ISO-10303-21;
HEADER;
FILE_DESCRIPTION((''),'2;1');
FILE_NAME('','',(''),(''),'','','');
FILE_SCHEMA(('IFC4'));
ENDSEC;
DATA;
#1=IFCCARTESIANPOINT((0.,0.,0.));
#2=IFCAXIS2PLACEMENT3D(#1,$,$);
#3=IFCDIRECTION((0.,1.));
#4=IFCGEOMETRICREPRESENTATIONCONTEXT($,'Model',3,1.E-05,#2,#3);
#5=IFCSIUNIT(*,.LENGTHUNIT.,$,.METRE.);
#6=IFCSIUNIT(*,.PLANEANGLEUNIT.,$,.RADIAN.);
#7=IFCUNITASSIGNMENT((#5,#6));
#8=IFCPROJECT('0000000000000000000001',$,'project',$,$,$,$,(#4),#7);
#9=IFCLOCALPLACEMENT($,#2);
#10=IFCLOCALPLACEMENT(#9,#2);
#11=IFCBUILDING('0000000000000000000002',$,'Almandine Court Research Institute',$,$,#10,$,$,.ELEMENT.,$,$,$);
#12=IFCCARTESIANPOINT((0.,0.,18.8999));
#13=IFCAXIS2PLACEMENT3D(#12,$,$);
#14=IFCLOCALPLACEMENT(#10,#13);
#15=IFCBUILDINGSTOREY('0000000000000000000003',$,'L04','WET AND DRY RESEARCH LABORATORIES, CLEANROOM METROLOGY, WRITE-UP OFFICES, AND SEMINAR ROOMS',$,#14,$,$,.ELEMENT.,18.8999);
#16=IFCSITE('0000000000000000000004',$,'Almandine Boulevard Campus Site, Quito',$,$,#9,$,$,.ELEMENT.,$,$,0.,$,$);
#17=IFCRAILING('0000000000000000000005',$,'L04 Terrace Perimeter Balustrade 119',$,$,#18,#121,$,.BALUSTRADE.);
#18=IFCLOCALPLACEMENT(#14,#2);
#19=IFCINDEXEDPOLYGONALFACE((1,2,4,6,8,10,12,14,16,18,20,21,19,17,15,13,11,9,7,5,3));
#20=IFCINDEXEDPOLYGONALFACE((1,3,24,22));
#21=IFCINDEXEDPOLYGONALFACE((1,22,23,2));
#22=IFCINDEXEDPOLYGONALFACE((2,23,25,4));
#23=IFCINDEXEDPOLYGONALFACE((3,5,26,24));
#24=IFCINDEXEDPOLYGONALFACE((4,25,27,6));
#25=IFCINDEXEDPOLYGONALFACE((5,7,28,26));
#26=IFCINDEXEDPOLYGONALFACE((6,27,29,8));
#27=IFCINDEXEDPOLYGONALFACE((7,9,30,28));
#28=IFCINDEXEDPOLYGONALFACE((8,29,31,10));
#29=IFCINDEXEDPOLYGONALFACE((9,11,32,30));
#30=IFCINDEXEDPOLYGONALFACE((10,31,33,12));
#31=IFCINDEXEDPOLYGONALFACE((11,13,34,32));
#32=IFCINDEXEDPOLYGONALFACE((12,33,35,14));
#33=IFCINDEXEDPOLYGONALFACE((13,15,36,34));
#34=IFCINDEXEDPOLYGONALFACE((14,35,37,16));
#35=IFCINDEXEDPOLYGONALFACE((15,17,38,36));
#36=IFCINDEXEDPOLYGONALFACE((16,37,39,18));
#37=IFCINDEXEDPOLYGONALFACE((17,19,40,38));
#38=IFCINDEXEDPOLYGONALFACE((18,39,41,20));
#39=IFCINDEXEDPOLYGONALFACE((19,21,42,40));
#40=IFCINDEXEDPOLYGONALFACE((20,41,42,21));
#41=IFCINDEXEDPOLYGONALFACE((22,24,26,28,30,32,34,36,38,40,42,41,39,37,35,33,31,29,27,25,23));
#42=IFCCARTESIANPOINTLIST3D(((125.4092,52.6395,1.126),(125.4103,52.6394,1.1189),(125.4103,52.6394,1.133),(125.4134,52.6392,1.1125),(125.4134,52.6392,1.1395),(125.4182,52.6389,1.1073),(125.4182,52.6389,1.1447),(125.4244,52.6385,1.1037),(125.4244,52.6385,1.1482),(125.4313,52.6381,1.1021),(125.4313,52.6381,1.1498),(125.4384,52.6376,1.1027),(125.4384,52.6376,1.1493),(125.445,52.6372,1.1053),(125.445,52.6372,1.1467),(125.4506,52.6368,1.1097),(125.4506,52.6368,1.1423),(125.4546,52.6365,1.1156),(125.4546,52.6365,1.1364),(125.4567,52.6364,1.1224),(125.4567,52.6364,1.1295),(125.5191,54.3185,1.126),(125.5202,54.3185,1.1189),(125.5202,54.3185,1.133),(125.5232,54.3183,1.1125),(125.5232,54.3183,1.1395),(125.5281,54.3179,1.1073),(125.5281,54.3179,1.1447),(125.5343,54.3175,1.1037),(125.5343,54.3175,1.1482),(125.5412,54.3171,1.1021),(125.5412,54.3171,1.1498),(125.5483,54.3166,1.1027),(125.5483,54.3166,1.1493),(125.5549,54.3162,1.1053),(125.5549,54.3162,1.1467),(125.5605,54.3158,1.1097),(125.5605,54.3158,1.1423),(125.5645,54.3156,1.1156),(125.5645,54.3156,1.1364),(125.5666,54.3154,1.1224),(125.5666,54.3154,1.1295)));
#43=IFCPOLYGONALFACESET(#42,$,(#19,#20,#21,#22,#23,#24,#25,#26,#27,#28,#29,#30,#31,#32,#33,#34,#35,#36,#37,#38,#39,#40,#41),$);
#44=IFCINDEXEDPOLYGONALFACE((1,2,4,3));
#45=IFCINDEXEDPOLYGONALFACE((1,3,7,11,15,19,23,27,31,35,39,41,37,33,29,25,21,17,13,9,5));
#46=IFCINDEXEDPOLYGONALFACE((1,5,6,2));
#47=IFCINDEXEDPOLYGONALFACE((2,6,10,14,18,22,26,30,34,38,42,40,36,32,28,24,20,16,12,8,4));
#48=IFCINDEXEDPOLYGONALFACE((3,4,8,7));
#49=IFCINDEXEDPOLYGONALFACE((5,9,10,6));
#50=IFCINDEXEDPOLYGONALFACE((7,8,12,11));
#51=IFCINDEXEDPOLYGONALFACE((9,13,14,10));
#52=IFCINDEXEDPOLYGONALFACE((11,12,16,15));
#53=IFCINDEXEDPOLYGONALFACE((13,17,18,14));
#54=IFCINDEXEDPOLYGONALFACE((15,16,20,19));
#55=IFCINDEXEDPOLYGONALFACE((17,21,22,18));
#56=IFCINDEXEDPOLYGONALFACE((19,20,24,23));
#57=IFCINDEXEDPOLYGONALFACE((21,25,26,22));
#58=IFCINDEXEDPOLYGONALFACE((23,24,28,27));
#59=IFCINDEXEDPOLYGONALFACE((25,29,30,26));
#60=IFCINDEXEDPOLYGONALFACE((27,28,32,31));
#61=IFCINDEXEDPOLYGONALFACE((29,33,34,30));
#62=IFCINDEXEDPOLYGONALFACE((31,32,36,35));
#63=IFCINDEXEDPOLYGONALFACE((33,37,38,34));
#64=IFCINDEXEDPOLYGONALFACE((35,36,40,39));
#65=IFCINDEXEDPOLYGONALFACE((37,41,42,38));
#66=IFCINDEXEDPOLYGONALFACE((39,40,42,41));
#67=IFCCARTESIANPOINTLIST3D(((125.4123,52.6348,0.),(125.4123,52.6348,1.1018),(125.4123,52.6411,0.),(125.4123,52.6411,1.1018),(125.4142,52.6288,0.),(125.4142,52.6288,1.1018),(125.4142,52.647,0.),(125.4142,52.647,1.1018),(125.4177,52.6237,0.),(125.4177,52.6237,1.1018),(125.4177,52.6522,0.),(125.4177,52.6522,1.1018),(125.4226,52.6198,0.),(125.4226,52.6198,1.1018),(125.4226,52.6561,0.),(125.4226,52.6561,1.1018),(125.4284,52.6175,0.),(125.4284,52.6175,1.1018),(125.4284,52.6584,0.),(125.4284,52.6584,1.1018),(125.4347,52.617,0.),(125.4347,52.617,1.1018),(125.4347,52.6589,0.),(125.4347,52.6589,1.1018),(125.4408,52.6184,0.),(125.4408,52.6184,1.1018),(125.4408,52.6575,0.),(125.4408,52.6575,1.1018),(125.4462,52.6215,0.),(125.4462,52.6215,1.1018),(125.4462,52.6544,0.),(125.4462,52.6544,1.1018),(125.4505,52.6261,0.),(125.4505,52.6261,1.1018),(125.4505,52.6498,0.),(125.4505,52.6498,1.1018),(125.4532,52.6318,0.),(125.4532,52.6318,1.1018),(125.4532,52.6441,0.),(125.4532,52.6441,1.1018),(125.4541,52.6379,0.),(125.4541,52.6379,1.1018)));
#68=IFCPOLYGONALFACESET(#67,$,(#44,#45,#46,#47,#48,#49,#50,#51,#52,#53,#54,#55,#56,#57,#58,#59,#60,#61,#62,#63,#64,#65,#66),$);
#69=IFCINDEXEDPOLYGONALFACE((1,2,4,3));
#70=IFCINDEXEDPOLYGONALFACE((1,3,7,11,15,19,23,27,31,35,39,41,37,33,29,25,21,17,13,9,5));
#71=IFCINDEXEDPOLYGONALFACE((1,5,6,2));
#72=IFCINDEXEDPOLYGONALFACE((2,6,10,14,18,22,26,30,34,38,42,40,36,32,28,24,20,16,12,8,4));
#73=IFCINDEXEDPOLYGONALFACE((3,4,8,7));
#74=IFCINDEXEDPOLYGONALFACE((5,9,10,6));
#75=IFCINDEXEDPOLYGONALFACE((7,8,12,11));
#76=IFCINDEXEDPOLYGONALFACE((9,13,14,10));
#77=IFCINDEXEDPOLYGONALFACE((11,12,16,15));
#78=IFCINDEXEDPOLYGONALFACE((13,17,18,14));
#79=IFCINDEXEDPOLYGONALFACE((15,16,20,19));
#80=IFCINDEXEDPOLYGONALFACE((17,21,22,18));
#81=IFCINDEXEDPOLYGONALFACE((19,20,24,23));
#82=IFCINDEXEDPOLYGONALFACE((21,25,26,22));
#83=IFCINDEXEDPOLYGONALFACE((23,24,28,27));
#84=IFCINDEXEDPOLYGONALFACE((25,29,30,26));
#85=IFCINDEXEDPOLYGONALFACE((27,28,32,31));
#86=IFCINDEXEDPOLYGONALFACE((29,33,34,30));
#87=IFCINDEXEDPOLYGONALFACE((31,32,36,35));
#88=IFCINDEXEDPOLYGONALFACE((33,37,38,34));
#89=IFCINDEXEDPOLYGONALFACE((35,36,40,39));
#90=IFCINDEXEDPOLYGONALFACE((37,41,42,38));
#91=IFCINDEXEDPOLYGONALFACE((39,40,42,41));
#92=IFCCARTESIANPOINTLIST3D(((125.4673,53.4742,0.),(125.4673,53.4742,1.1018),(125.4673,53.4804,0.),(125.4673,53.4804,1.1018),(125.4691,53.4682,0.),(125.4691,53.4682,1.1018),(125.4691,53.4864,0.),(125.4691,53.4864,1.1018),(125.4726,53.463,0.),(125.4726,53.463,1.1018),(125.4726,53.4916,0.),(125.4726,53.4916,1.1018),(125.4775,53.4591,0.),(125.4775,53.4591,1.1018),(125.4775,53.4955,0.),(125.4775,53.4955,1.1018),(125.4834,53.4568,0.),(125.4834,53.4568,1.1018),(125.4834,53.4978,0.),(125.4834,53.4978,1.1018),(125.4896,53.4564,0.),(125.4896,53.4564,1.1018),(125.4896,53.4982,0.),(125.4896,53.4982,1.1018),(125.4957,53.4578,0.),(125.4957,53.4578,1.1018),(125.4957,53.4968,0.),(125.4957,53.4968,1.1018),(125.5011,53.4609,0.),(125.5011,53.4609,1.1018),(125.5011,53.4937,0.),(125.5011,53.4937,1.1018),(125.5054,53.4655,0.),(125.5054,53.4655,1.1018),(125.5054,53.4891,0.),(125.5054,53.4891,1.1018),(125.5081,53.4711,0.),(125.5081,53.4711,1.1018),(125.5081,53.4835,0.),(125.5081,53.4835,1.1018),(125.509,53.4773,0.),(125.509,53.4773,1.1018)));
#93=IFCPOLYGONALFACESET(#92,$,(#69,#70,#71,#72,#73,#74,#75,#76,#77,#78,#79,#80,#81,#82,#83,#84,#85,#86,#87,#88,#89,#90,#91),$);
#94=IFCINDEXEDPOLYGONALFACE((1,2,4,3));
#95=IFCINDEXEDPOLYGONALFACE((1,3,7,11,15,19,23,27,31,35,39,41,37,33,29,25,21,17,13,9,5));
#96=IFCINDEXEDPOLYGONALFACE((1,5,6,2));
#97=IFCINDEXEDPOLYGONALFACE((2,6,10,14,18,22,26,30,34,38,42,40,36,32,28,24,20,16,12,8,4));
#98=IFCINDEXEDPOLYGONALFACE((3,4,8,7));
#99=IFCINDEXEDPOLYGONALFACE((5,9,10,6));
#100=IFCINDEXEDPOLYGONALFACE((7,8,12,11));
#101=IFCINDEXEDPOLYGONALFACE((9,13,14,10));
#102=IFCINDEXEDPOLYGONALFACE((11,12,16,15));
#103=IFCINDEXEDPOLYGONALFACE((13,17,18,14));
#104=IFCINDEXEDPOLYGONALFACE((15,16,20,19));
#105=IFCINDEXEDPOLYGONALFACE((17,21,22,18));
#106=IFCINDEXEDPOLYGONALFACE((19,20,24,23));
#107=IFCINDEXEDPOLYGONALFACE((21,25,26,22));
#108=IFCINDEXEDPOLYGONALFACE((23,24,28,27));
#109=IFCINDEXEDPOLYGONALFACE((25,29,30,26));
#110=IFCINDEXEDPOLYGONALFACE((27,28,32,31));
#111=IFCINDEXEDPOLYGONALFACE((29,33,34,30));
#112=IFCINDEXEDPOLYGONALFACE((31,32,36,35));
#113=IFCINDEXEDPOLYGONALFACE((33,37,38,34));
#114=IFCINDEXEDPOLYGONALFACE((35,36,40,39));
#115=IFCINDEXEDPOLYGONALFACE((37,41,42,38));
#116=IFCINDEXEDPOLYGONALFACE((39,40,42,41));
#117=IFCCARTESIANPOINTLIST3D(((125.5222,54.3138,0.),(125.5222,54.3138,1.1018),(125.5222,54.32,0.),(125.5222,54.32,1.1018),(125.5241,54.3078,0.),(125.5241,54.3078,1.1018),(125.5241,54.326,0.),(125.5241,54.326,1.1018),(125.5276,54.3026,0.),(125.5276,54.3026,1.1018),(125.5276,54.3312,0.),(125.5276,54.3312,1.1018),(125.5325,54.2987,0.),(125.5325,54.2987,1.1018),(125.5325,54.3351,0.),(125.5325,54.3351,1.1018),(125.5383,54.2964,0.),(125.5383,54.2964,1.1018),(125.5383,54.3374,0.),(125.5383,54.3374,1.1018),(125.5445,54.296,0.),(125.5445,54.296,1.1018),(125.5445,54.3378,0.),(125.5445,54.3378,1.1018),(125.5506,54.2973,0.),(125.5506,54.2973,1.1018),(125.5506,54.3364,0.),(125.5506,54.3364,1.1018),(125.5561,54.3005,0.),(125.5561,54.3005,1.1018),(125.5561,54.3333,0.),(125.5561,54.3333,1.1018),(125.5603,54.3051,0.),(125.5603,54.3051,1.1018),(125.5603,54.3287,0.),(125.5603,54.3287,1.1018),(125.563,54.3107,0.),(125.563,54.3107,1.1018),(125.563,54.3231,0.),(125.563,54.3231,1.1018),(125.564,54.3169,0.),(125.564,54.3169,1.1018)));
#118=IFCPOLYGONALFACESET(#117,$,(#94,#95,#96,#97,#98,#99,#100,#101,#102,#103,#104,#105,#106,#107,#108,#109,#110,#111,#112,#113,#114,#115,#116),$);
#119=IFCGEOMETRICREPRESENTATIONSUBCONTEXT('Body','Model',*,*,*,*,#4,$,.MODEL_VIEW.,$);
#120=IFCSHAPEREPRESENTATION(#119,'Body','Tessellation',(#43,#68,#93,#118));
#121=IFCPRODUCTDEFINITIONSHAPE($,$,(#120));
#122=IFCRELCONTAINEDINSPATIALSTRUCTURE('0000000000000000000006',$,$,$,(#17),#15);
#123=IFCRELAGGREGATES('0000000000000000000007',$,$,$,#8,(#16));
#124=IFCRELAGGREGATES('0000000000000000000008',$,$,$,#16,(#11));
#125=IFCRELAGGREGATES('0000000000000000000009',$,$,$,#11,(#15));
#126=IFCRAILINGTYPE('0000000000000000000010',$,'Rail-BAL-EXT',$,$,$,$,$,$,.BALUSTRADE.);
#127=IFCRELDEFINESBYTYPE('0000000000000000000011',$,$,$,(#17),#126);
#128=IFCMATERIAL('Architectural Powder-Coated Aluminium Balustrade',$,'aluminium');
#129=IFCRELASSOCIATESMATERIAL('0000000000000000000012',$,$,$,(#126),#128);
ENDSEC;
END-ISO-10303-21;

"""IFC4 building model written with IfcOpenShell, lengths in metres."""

from ifc_helpers import new_model, si_unit, direction, frame, origin, origin_2d, place, context, subcontext, project, spatial, circle, extrude, material, type_object, element, save


model = new_model("IFC4")

# Units and contexts
model_context = context("Model", 3, precision=1e-05, world=origin(), true_north=direction((0.0, 1.0)))
body_context = subcontext(model_context, "Body", "Model", "MODEL_VIEW")
ifc_project = project(units=[si_unit("LENGTHUNIT", "METRE"), si_unit("PLANEANGLEUNIT", "RADIAN")], contexts=[model_context])

# Site, building, storey
site_placement = place(None, origin())
site = spatial("IfcSite", under=ifc_project, at=site_placement, Name="Almandine Boulevard Campus Site, Quito", CompositionType="ELEMENT", RefElevation=0.0)
building_placement = place(site_placement, origin())
building = spatial("IfcBuilding", under=site, at=building_placement, Name="Almandine Court Research Institute", CompositionType="ELEMENT")
storey_placement = place(building_placement, frame((0.0, 0.0, 18.8999)))
storey = spatial("IfcBuildingStorey", under=building, at=storey_placement, Name="L04", Description="WET AND DRY RESEARCH LABORATORIES, CLEANROOM METROLOGY, WRITE-UP OFFICES, AND SEMINAR ROOMS", CompositionType="ELEMENT", Elevation=18.8999)

# Railing
ifc_material_1 = material(Name="Architectural Powder-Coated Aluminium Balustrade", Category="aluminium")
railing_type = type_object("IfcRailingType", Name="Rail-BAL-EXT", PredefinedType="BALUSTRADE", material=ifc_material_1)
railing_1_placement = place(storey_placement, frame((125.4331, 52.6379, 0.0)))
element("IfcRailing", 1, at=railing_1_placement, inside=storey, type_object=railing_type, Name="L04 Terrace Perimeter Balustrade 119", PredefinedType="BALUSTRADE", context=body_context, shape_type="SweptSolid", body=[
    extrude(circle(Radius=0.0239, at=origin_2d()), frame((0.0, 0.0, 1.126), z_axis=(0.065296, 0.997866, 0.0), x_axis=(-0.997866, 0.065296, 0.0)), (0.0, 0.0, 1.0), 1.6826),
    extrude(circle(Radius=0.021, at=origin_2d()), origin(), (0.0, 0.0, 1.0), 1.1018),
    extrude(circle(Radius=0.021, at=origin_2d()), frame((0.0549, 0.8394, 0.0)), (0.0, 0.0, 1.0), 1.1018),
    extrude(circle(Radius=0.021, at=origin_2d()), frame((0.1099, 1.679, 0.0)), (0.0, 0.0, 1.0), 1.1018),
])

save(model, "model.ifc")
